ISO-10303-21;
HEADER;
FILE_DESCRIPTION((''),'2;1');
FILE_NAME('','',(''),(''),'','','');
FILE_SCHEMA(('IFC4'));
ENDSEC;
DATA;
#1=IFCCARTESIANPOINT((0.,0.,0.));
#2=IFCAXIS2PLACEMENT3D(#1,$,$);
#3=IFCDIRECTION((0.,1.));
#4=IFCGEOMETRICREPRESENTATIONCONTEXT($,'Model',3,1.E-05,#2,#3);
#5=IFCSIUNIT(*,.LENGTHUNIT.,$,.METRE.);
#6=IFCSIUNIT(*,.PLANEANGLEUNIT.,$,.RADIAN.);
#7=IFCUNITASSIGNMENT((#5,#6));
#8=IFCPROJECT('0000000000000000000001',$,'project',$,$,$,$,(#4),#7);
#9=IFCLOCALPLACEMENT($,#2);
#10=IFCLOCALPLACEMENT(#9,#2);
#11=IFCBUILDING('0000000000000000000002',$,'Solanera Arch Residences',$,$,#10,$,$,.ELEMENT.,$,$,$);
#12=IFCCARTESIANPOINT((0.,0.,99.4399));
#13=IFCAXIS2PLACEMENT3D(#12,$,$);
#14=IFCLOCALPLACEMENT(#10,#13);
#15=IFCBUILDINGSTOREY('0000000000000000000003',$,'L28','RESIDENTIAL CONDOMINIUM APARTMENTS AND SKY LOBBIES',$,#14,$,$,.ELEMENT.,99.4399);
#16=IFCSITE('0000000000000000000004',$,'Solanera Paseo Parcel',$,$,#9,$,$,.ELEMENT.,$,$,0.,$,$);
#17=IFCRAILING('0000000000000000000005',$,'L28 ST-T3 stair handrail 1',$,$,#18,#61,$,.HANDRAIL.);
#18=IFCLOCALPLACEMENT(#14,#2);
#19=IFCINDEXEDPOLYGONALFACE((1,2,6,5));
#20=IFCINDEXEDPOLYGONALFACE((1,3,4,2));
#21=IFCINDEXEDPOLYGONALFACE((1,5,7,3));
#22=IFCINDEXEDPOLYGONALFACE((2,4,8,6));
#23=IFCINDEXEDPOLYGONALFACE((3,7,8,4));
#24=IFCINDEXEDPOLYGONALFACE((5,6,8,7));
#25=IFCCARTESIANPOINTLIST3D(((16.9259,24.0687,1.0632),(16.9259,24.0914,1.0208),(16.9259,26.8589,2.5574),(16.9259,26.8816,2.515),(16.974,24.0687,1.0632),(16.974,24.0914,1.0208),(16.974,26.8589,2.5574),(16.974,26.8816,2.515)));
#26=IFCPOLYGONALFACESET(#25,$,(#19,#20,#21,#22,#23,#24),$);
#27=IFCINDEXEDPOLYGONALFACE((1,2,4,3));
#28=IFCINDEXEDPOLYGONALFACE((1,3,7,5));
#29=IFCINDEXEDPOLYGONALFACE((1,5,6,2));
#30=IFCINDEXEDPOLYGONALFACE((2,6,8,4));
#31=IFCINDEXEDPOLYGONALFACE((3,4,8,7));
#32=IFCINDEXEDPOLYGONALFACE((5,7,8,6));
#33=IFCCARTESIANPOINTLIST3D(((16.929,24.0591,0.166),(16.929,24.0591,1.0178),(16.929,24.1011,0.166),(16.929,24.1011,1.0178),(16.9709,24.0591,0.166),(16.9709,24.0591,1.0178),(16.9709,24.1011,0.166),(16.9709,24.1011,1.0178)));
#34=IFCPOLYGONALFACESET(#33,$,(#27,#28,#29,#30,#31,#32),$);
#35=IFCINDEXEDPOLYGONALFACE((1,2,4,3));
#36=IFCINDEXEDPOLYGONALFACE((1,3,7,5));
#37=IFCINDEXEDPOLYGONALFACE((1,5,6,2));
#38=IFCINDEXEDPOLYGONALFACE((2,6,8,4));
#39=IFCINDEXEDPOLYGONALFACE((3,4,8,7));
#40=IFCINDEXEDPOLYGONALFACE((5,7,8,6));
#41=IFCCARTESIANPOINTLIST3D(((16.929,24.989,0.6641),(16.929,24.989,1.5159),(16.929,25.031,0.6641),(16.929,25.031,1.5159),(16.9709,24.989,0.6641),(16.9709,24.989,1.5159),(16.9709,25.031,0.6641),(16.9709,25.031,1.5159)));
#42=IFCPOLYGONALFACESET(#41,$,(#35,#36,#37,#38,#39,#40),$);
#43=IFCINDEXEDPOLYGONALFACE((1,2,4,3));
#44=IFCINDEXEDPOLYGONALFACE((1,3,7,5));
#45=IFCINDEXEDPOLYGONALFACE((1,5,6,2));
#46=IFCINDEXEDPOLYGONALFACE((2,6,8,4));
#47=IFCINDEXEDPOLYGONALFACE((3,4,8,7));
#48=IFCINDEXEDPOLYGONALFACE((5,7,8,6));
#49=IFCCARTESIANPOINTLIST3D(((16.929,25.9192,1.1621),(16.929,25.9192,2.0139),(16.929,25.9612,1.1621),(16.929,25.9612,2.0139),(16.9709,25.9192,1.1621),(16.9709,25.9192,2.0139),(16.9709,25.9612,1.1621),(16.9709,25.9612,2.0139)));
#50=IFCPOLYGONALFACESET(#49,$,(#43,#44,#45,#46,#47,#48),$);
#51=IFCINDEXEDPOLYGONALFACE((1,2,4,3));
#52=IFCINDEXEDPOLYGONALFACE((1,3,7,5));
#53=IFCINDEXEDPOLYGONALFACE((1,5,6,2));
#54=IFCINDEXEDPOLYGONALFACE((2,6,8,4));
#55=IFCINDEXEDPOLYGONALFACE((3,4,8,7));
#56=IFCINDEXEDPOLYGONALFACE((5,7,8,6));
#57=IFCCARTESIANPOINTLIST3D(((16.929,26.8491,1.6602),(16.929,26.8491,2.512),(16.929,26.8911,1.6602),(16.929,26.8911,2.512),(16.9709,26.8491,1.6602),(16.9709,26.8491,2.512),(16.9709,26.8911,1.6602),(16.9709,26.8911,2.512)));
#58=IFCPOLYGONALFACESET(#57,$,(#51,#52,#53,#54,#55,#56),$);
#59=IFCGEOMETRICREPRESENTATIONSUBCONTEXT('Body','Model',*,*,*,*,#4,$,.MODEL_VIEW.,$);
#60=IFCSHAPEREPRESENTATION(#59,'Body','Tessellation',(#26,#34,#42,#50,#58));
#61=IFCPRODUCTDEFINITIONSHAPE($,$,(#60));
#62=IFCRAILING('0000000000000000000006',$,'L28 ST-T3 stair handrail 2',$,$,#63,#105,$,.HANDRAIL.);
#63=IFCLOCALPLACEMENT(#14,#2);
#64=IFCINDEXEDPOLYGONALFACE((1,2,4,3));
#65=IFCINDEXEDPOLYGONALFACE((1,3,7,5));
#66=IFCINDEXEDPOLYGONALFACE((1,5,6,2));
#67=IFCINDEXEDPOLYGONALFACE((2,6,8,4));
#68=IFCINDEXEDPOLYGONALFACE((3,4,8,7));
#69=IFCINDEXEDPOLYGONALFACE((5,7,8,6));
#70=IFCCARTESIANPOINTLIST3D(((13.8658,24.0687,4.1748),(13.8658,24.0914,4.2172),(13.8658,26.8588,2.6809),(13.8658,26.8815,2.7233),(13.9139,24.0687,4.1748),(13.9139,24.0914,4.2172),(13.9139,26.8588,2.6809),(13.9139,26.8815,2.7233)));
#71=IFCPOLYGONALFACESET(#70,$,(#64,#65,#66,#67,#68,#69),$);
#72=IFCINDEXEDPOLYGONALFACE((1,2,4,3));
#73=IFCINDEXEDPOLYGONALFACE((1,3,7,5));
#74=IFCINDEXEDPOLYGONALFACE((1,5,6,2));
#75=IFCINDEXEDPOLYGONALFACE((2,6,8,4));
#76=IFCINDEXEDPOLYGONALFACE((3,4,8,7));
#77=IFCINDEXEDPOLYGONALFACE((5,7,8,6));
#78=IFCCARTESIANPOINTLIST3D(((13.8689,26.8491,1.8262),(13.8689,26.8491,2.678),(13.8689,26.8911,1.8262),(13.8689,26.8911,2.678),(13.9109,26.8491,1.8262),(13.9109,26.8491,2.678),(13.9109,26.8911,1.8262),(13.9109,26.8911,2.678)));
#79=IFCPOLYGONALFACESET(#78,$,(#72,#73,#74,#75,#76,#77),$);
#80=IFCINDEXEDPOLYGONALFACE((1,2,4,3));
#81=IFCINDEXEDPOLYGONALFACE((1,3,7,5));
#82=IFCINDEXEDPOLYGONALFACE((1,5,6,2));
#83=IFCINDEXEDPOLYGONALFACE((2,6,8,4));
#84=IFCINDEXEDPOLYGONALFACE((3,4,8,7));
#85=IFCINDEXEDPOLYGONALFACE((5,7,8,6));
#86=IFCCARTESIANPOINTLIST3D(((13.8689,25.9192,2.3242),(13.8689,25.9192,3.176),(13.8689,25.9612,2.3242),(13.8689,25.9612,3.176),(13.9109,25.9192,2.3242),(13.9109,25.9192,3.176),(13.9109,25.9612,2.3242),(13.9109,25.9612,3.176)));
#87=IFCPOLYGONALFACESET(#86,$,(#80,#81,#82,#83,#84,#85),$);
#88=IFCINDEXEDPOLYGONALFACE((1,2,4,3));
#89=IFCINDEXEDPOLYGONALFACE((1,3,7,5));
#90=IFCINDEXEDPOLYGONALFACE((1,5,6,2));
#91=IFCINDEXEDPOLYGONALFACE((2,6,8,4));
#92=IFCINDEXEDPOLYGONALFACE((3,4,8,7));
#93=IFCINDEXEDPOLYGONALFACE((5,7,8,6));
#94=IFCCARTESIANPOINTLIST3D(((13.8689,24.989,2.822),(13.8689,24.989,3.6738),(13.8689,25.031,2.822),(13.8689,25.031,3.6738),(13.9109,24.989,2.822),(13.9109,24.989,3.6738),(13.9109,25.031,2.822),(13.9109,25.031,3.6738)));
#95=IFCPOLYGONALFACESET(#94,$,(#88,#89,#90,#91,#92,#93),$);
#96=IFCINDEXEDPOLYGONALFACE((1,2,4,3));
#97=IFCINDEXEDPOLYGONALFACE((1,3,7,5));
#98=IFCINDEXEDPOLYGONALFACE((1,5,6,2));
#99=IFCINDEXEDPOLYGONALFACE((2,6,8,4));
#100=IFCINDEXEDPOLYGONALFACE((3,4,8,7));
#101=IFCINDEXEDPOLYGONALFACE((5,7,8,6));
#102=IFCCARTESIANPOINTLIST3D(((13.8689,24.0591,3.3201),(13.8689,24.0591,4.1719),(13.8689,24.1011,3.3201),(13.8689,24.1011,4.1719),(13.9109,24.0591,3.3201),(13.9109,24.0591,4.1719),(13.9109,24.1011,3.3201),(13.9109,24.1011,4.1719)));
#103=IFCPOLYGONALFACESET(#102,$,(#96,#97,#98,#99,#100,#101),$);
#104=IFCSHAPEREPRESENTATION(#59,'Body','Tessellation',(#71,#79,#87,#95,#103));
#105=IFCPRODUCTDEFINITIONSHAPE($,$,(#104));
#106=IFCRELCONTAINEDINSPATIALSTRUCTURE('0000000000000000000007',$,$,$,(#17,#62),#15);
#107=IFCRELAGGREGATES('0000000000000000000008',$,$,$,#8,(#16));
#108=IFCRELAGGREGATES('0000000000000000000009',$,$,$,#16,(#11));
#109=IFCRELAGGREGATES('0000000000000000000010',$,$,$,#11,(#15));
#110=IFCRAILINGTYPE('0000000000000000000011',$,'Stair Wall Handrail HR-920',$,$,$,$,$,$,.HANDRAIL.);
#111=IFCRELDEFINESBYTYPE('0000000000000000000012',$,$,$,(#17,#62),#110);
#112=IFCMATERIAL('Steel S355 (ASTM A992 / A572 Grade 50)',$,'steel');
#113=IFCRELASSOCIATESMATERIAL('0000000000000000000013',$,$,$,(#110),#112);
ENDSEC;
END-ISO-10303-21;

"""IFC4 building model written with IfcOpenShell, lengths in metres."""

from ifc_helpers import new_model, si_unit, direction, frame, origin, origin_2d, place, context, subcontext, project, spatial, rectangle, extrude, material, type_object, element, save


model = new_model("IFC4")

# Units and contexts
model_context = context("Model", 3, precision=1e-05, world=origin(), true_north=direction((0.0, 1.0)))
body_context = subcontext(model_context, "Body", "Model", "MODEL_VIEW")
ifc_project = project(units=[si_unit("LENGTHUNIT", "METRE"), si_unit("PLANEANGLEUNIT", "RADIAN")], contexts=[model_context])

# Site, building, storey
site_placement = place(None, origin())
site = spatial("IfcSite", under=ifc_project, at=site_placement, Name="Solanera Paseo Parcel", CompositionType="ELEMENT", RefElevation=0.0)
building_placement = place(site_placement, origin())
building = spatial("IfcBuilding", under=site, at=building_placement, Name="Solanera Arch Residences", CompositionType="ELEMENT")
storey_placement = place(building_placement, frame((0.0, 0.0, 99.4399)))
storey = spatial("IfcBuildingStorey", under=building, at=storey_placement, Name="L28", Description="RESIDENTIAL CONDOMINIUM APARTMENTS AND SKY LOBBIES", CompositionType="ELEMENT", Elevation=99.4399)

# Railings
ifc_material_1 = material(Name="Steel S355 (ASTM A992 / A572 Grade 50)", Category="steel")
railing_type_1 = type_object("IfcRailingType", Name="Stair Wall Handrail HR-920", PredefinedType="HANDRAIL", material=ifc_material_1)
railing_1_placement = place(storey_placement, frame((16.95, 24.0801, 0.166)))
element("IfcRailing", 1, at=railing_1_placement, inside=storey, type_object=railing_type_1, Name="L28 ST-T3 stair handrail 1", PredefinedType="HANDRAIL", context=body_context, shape_type="SweptSolid", body=[
    extrude(rectangle(XDim=0.0481, YDim=0.0481, at=origin_2d()), frame((0.0, 0.0, 0.876), z_axis=(0.0, 0.881549, 0.472093), x_axis=(-1.0, 0.0, 0.0)), (0.0, 0.0, 1.0), 3.165),
    extrude(rectangle(XDim=0.042, YDim=0.042, at=origin_2d()), origin(), (0.0, 0.0, 1.0), 0.8518),
    extrude(rectangle(XDim=0.042, YDim=0.042, at=origin_2d()), frame((0.0, 0.9299, 0.498)), (0.0, 0.0, 1.0), 0.8518),
    extrude(rectangle(XDim=0.042, YDim=0.042, at=origin_2d()), frame((0.0, 1.8601, 0.9961)), (0.0, 0.0, 1.0), 0.8518),
    extrude(rectangle(XDim=0.042, YDim=0.042, at=origin_2d()), frame((0.0, 2.79, 1.4941)), (0.0, 0.0, 1.0), 0.8518),
])
railing_2_placement = place(storey_placement, frame((13.8899, 26.8701, 1.8262)))
element("IfcRailing", 2, at=railing_2_placement, inside=storey, type_object=railing_type_1, Name="L28 ST-T3 stair handrail 2", PredefinedType="HANDRAIL", context=body_context, shape_type="SweptSolid", body=[
    extrude(rectangle(XDim=0.0481, YDim=0.0481, at=origin_2d()), frame((0.0, 0.0, 0.876), z_axis=(0.0, -0.881581, 0.472033), x_axis=(1.0, 0.0, 0.0)), (0.0, 0.0, 1.0), 3.1648),
    extrude(rectangle(XDim=0.042, YDim=0.042, at=origin_2d()), origin(), (0.0, 0.0, 1.0), 0.8518),
    extrude(rectangle(XDim=0.042, YDim=0.042, at=origin_2d()), frame((0.0, -0.9299, 0.498)), (0.0, 0.0, 1.0), 0.8518),
    extrude(rectangle(XDim=0.042, YDim=0.042, at=origin_2d()), frame((0.0, -1.8601, 0.9958)), (0.0, 0.0, 1.0), 0.8518),
    extrude(rectangle(XDim=0.042, YDim=0.042, at=origin_2d()), frame((0.0, -2.79, 1.4939)), (0.0, 0.0, 1.0), 0.8518),
])

save(model, "model.ifc")
